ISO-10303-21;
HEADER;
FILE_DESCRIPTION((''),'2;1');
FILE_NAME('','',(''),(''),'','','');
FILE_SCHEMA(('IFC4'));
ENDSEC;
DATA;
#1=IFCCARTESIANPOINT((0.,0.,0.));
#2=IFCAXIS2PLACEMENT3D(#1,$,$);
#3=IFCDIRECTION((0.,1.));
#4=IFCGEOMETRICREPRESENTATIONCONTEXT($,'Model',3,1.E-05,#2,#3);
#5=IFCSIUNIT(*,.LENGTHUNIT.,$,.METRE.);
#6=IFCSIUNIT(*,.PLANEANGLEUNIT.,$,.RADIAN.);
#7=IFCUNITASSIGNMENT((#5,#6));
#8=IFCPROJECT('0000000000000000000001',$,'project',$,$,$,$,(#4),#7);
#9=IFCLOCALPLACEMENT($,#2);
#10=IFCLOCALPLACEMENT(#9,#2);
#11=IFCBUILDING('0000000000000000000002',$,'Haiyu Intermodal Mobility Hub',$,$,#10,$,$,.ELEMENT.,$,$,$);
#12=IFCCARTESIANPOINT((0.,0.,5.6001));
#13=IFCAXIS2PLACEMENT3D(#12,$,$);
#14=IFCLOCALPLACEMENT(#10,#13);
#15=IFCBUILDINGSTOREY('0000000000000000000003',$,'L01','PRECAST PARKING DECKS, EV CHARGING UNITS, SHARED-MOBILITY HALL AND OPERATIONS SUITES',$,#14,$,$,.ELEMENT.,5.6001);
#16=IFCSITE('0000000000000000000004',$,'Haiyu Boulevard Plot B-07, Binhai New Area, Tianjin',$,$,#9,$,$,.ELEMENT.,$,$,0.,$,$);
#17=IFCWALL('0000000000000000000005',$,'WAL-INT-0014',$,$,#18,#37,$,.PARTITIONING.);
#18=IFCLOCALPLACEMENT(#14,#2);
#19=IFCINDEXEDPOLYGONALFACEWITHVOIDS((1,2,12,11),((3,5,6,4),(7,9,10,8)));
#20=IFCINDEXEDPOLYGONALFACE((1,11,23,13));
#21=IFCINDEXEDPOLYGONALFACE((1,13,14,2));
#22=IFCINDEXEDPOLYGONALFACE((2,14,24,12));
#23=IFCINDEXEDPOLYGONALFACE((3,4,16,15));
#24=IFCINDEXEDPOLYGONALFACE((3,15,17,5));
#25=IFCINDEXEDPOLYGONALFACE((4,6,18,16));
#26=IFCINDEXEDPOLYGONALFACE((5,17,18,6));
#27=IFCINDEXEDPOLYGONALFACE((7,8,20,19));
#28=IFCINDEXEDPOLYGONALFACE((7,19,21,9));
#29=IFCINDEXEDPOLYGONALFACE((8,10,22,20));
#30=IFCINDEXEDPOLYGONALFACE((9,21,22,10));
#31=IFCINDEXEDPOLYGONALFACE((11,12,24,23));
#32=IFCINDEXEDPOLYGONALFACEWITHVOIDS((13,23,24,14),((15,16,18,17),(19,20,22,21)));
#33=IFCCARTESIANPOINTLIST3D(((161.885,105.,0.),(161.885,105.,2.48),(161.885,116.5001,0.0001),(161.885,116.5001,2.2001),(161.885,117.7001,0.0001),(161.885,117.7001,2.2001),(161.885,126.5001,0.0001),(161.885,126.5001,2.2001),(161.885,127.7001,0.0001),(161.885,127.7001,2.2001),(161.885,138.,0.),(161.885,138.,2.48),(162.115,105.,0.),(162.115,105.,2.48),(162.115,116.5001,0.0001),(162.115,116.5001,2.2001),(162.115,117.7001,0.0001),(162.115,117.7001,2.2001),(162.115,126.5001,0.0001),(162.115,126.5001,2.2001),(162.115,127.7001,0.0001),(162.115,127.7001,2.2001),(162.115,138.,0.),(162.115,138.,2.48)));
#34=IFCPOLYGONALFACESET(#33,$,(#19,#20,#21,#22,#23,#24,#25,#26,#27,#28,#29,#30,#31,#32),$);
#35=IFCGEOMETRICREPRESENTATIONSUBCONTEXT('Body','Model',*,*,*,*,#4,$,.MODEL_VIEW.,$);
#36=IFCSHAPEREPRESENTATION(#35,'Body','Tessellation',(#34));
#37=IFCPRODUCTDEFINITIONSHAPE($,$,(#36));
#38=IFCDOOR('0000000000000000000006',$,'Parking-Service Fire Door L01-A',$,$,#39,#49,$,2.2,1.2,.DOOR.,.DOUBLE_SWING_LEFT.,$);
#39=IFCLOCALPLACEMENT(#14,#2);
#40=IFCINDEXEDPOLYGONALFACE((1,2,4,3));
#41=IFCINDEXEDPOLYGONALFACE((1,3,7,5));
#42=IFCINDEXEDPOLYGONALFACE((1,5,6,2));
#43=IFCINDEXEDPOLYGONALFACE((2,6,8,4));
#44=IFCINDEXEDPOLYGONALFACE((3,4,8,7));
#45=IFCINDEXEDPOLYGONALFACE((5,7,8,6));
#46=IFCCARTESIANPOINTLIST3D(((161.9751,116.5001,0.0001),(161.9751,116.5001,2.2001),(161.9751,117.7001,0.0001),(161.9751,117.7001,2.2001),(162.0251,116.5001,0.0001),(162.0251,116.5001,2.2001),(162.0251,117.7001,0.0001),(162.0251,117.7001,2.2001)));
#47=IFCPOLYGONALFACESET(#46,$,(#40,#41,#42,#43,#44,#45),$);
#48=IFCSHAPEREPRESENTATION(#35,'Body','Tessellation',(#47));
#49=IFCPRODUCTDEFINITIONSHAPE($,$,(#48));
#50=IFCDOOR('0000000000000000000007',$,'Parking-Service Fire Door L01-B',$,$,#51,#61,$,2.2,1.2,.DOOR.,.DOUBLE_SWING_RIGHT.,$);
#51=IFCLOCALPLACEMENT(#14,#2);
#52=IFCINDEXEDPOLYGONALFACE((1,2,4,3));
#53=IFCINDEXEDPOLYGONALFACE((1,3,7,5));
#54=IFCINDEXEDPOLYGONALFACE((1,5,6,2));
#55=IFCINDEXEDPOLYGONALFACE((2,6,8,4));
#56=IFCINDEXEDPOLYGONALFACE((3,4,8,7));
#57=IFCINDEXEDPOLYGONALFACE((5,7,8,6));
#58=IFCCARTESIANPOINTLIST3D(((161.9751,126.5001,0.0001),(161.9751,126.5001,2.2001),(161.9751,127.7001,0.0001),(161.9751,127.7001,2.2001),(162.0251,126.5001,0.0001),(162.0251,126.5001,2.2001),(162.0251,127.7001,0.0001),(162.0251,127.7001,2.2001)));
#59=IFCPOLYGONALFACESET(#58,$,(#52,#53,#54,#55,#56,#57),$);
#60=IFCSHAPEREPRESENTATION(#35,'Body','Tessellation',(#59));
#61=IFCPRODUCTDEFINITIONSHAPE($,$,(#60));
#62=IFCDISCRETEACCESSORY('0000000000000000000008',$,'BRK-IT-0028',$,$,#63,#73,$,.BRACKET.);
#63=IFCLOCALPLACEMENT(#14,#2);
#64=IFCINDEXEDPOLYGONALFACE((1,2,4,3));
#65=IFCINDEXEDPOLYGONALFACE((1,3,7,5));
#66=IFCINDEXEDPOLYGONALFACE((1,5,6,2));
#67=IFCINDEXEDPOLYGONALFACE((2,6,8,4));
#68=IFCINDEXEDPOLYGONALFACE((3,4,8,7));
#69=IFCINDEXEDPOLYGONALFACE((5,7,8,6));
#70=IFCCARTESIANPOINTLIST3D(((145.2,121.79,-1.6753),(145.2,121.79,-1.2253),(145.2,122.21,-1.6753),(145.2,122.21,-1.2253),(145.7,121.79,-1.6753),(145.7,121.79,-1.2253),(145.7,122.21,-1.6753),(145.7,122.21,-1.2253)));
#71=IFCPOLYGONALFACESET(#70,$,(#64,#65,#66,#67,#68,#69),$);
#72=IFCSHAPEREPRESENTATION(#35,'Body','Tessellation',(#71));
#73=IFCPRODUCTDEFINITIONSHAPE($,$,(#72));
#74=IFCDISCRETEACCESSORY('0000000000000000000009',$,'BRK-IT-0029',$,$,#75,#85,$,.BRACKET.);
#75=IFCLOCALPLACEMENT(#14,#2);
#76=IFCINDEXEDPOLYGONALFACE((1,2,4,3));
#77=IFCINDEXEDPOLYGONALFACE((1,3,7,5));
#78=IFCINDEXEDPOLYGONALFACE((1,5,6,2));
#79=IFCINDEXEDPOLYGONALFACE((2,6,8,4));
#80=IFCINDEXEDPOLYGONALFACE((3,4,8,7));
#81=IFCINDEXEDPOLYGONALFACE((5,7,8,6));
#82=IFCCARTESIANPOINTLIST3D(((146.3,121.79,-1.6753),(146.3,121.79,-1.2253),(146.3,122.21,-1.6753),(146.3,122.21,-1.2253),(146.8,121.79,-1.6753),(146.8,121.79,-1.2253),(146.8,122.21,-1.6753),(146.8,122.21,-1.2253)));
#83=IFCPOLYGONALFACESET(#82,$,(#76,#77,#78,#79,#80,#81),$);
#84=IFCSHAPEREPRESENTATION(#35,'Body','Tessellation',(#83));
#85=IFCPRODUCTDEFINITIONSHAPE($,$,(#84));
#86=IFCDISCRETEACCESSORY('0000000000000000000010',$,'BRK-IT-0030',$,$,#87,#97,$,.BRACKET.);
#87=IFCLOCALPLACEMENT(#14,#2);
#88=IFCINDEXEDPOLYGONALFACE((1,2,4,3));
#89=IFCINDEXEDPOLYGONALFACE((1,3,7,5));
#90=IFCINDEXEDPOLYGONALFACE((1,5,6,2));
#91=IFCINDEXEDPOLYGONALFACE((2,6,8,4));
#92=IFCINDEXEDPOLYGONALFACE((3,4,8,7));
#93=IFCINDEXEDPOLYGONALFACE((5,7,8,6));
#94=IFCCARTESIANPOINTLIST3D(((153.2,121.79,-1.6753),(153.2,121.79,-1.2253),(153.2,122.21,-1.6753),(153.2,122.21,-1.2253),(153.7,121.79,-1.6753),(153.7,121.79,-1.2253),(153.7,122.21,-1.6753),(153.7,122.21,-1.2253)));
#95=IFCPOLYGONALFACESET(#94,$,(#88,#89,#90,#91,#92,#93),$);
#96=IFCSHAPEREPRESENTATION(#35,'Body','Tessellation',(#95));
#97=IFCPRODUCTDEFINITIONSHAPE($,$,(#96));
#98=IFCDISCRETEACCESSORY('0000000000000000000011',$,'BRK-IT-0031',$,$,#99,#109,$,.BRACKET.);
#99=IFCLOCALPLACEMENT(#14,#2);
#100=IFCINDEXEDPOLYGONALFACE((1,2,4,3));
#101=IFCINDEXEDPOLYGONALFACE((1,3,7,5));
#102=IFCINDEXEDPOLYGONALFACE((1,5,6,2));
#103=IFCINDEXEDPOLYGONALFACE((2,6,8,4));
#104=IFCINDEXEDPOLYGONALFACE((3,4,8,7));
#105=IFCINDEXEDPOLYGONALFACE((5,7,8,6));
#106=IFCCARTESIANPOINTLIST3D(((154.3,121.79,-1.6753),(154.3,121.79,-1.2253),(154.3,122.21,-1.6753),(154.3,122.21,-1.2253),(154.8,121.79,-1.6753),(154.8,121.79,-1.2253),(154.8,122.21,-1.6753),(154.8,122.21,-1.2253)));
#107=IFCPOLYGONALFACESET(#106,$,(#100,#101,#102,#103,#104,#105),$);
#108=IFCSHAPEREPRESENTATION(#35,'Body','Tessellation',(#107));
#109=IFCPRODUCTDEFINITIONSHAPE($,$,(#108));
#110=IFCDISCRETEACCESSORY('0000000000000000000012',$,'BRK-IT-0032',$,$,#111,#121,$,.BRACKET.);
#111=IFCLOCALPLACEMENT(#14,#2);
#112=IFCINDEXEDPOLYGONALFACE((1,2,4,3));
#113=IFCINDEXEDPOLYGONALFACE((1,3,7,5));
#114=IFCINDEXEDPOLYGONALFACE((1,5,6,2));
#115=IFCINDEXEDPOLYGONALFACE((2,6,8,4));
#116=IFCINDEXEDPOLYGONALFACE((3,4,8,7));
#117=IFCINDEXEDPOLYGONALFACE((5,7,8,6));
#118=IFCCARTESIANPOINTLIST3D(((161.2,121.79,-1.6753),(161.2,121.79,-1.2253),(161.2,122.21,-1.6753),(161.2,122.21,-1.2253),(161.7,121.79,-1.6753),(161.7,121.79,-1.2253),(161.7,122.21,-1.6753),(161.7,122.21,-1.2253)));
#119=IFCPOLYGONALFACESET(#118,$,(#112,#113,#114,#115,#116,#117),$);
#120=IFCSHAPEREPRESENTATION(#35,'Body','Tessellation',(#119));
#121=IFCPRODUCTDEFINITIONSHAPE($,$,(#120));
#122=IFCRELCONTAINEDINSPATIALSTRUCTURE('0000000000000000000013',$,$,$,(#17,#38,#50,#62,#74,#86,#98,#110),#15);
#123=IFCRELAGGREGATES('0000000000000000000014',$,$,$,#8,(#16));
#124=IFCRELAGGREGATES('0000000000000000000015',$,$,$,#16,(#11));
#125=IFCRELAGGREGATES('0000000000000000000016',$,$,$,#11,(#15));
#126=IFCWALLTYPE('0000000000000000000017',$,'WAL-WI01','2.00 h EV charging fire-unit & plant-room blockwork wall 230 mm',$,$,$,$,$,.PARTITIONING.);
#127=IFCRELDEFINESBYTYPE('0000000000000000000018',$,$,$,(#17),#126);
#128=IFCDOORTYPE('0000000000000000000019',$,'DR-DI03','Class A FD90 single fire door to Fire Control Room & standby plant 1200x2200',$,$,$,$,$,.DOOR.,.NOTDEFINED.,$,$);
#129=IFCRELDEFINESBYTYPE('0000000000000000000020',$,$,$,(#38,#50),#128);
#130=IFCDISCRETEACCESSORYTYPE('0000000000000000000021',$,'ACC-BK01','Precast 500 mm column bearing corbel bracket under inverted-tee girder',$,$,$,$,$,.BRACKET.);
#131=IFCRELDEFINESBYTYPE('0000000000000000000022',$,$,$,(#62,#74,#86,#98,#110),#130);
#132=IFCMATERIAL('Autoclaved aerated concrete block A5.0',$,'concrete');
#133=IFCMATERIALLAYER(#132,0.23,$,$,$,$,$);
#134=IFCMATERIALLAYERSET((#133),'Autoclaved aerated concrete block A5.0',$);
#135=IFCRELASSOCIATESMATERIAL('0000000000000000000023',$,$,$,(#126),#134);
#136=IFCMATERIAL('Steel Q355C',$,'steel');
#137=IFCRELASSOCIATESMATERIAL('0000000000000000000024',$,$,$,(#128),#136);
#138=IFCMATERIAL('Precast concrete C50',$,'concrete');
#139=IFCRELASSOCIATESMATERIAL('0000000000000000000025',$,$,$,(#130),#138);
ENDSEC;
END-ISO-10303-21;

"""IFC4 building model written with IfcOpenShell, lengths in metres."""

from ifc_helpers import new_model, si_unit, direction, frame, frame_2d, origin, origin_2d, place, context, subcontext, project, spatial, rectangle, extrude, material, layer, layer_set, type_object, element, fill, save


model = new_model("IFC4")

# Units and contexts
model_context = context("Model", 3, precision=1e-05, world=origin(), true_north=direction((0.0, 1.0)))
body_context = subcontext(model_context, "Body", "Model", "MODEL_VIEW")
ifc_project = project(units=[si_unit("LENGTHUNIT", "METRE"), si_unit("PLANEANGLEUNIT", "RADIAN")], contexts=[model_context])

# Site, building, storey
site_placement = place(None, origin())
site = spatial("IfcSite", under=ifc_project, at=site_placement, Name="Haiyu Boulevard Plot B-07, Binhai New Area, Tianjin", CompositionType="ELEMENT", RefElevation=0.0)
building_placement = place(site_placement, origin())
building = spatial("IfcBuilding", under=site, at=building_placement, Name="Haiyu Intermodal Mobility Hub", CompositionType="ELEMENT")
storey_placement = place(building_placement, frame((0.0, 0.0, 5.6001)))
storey = spatial("IfcBuildingStorey", under=building, at=storey_placement, Name="L01", Description="PRECAST PARKING DECKS, EV CHARGING UNITS, SHARED-MOBILITY HALL AND OPERATIONS SUITES", CompositionType="ELEMENT", Elevation=5.6001)

# Shared definitions
ifc_material_1 = material(Name="Precast concrete C50", Category="concrete")

# Wall, openings, doors
ifc_material_2 = material(Name="Autoclaved aerated concrete block A5.0", Category="concrete")
ifc_layer = layer(ifc_material_2, 0.23)
ifc_layer_set = layer_set([ifc_layer], Name="Autoclaved aerated concrete block A5.0")
wall_type = type_object("IfcWallType", Name="WAL-WI01", Description="2.00 h EV charging fire-unit & plant-room blockwork wall 230 mm", PredefinedType="PARTITIONING", material=ifc_layer_set)
wall_placement = place(storey_placement, frame((162.0, 105.0, 0.0), z_axis=(0.0, 0.0, 1.0), x_axis=(0.0, 1.0, 0.0)))
wall = element("IfcWall", 1, at=wall_placement, inside=storey, type_object=wall_type, Name="WAL-INT-0014", PredefinedType="PARTITIONING", context=body_context, shape_type="SweptSolid", body=[
    extrude(rectangle(XDim=33.0, YDim=0.23, at=frame_2d((16.5, 0.0))), origin(), (0.0, 0.0, 1.0), 2.48),
])
opening_1_placement = place(wall_placement, frame((11.5, 0.0, 0.0)))
opening_1 = element("IfcOpeningElement", 2, at=opening_1_placement, cuts=wall, PredefinedType="OPENING", context=body_context, shape_type="SweptSolid", body=[
    extrude(rectangle(XDim=1.2, YDim=2.2, at=frame_2d((0.6001, 1.1001))), frame((0.0, 0.125, 0.0), z_axis=(0.0, -1.0, 0.0), x_axis=(1.0, 0.0, 0.0)), (0.0, 0.0, 1.0), 0.25),
])
opening_2_placement = place(wall_placement, frame((21.5, 0.0, 0.0)))
opening_2 = element("IfcOpeningElement", 3, at=opening_2_placement, cuts=wall, PredefinedType="OPENING", context=body_context, shape_type="SweptSolid", body=[
    extrude(rectangle(XDim=1.2, YDim=2.2, at=frame_2d((0.6001, 1.1001))), frame((0.0, 0.125, 0.0), z_axis=(0.0, -1.0, 0.0), x_axis=(1.0, 0.0, 0.0)), (0.0, 0.0, 1.0), 0.25),
])
ifc_material_3 = material(Name="Steel Q355C", Category="steel")
door_type = type_object("IfcDoorType", Name="DR-DI03", Description="Class A FD90 single fire door to Fire Control Room & standby plant 1200x2200", OperationType="NOTDEFINED", PredefinedType="DOOR", material=ifc_material_3)
door_1_placement = place(opening_1_placement, origin())
door_1 = element("IfcDoor", 4, at=door_1_placement, inside=storey, type_object=door_type, Name="Parking-Service Fire Door L01-A", OperationType="DOUBLE_SWING_LEFT", OverallHeight=2.2, OverallWidth=1.2, PredefinedType="DOOR", context=body_context, shape_type="SweptSolid", body=[
    extrude(rectangle(XDim=1.2, YDim=2.2, at=frame_2d((0.6001, 1.1001))), frame((0.0, 0.0249, 0.0), z_axis=(0.0, -1.0, 0.0), x_axis=(1.0, 0.0, 0.0)), (0.0, 0.0, 1.0), 0.05),
])
fill(opening_1, door_1)
door_2_placement = place(opening_2_placement, origin())
door_2 = element("IfcDoor", 5, at=door_2_placement, inside=storey, type_object=door_type, Name="Parking-Service Fire Door L01-B", OperationType="DOUBLE_SWING_RIGHT", OverallHeight=2.2, OverallWidth=1.2, PredefinedType="DOOR", context=body_context, shape_type="SweptSolid", body=[
    extrude(rectangle(XDim=1.2, YDim=2.2, at=frame_2d((0.6001, 1.1001))), frame((0.0, 0.0249, 0.0), z_axis=(0.0, -1.0, 0.0), x_axis=(1.0, 0.0, 0.0)), (0.0, 0.0, 1.0), 0.05),
])
fill(opening_2, door_2)

# Discrete accessories
discrete_accessory_type = type_object("IfcDiscreteAccessoryType", Name="ACC-BK01", Description="Precast 500 mm column bearing corbel bracket under inverted-tee girder", PredefinedType="BRACKET", material=ifc_material_1)
for number, where, z_axis, x_axis, name in (
    (6, (145.45, 122.0, -1.6753), (0.0, 0.0, 1.0), (1.0, 0.0, 0.0), "BRK-IT-0028"),
    (7, (146.55, 122.0, -1.6753), (0.0, 0.0, 1.0), (1.0, 0.0, 0.0), "BRK-IT-0029"),
    (8, (153.45, 122.0, -1.6753), (0.0, 0.0, 1.0), (1.0, 0.0, 0.0), "BRK-IT-0030"),
    (9, (154.55, 122.0, -1.6753), (0.0, 0.0, 1.0), (1.0, 0.0, 0.0), "BRK-IT-0031"),
    (10, (161.45, 122.0, -1.6753), (0.0, 0.0, 1.0), (1.0, 0.0, 0.0), "BRK-IT-0032"),
):
    element("IfcDiscreteAccessory", number, at=place(storey_placement, frame(where, z_axis=z_axis, x_axis=x_axis)), inside=storey, type_object=discrete_accessory_type, Name=name, PredefinedType="BRACKET", context=body_context, shape_type="SweptSolid", body=[
        extrude(rectangle(XDim=0.5, YDim=0.4199, at=origin_2d()), origin(), (0.0, 0.0, 1.0), 0.45),
    ])

save(model, "model.ifc")
